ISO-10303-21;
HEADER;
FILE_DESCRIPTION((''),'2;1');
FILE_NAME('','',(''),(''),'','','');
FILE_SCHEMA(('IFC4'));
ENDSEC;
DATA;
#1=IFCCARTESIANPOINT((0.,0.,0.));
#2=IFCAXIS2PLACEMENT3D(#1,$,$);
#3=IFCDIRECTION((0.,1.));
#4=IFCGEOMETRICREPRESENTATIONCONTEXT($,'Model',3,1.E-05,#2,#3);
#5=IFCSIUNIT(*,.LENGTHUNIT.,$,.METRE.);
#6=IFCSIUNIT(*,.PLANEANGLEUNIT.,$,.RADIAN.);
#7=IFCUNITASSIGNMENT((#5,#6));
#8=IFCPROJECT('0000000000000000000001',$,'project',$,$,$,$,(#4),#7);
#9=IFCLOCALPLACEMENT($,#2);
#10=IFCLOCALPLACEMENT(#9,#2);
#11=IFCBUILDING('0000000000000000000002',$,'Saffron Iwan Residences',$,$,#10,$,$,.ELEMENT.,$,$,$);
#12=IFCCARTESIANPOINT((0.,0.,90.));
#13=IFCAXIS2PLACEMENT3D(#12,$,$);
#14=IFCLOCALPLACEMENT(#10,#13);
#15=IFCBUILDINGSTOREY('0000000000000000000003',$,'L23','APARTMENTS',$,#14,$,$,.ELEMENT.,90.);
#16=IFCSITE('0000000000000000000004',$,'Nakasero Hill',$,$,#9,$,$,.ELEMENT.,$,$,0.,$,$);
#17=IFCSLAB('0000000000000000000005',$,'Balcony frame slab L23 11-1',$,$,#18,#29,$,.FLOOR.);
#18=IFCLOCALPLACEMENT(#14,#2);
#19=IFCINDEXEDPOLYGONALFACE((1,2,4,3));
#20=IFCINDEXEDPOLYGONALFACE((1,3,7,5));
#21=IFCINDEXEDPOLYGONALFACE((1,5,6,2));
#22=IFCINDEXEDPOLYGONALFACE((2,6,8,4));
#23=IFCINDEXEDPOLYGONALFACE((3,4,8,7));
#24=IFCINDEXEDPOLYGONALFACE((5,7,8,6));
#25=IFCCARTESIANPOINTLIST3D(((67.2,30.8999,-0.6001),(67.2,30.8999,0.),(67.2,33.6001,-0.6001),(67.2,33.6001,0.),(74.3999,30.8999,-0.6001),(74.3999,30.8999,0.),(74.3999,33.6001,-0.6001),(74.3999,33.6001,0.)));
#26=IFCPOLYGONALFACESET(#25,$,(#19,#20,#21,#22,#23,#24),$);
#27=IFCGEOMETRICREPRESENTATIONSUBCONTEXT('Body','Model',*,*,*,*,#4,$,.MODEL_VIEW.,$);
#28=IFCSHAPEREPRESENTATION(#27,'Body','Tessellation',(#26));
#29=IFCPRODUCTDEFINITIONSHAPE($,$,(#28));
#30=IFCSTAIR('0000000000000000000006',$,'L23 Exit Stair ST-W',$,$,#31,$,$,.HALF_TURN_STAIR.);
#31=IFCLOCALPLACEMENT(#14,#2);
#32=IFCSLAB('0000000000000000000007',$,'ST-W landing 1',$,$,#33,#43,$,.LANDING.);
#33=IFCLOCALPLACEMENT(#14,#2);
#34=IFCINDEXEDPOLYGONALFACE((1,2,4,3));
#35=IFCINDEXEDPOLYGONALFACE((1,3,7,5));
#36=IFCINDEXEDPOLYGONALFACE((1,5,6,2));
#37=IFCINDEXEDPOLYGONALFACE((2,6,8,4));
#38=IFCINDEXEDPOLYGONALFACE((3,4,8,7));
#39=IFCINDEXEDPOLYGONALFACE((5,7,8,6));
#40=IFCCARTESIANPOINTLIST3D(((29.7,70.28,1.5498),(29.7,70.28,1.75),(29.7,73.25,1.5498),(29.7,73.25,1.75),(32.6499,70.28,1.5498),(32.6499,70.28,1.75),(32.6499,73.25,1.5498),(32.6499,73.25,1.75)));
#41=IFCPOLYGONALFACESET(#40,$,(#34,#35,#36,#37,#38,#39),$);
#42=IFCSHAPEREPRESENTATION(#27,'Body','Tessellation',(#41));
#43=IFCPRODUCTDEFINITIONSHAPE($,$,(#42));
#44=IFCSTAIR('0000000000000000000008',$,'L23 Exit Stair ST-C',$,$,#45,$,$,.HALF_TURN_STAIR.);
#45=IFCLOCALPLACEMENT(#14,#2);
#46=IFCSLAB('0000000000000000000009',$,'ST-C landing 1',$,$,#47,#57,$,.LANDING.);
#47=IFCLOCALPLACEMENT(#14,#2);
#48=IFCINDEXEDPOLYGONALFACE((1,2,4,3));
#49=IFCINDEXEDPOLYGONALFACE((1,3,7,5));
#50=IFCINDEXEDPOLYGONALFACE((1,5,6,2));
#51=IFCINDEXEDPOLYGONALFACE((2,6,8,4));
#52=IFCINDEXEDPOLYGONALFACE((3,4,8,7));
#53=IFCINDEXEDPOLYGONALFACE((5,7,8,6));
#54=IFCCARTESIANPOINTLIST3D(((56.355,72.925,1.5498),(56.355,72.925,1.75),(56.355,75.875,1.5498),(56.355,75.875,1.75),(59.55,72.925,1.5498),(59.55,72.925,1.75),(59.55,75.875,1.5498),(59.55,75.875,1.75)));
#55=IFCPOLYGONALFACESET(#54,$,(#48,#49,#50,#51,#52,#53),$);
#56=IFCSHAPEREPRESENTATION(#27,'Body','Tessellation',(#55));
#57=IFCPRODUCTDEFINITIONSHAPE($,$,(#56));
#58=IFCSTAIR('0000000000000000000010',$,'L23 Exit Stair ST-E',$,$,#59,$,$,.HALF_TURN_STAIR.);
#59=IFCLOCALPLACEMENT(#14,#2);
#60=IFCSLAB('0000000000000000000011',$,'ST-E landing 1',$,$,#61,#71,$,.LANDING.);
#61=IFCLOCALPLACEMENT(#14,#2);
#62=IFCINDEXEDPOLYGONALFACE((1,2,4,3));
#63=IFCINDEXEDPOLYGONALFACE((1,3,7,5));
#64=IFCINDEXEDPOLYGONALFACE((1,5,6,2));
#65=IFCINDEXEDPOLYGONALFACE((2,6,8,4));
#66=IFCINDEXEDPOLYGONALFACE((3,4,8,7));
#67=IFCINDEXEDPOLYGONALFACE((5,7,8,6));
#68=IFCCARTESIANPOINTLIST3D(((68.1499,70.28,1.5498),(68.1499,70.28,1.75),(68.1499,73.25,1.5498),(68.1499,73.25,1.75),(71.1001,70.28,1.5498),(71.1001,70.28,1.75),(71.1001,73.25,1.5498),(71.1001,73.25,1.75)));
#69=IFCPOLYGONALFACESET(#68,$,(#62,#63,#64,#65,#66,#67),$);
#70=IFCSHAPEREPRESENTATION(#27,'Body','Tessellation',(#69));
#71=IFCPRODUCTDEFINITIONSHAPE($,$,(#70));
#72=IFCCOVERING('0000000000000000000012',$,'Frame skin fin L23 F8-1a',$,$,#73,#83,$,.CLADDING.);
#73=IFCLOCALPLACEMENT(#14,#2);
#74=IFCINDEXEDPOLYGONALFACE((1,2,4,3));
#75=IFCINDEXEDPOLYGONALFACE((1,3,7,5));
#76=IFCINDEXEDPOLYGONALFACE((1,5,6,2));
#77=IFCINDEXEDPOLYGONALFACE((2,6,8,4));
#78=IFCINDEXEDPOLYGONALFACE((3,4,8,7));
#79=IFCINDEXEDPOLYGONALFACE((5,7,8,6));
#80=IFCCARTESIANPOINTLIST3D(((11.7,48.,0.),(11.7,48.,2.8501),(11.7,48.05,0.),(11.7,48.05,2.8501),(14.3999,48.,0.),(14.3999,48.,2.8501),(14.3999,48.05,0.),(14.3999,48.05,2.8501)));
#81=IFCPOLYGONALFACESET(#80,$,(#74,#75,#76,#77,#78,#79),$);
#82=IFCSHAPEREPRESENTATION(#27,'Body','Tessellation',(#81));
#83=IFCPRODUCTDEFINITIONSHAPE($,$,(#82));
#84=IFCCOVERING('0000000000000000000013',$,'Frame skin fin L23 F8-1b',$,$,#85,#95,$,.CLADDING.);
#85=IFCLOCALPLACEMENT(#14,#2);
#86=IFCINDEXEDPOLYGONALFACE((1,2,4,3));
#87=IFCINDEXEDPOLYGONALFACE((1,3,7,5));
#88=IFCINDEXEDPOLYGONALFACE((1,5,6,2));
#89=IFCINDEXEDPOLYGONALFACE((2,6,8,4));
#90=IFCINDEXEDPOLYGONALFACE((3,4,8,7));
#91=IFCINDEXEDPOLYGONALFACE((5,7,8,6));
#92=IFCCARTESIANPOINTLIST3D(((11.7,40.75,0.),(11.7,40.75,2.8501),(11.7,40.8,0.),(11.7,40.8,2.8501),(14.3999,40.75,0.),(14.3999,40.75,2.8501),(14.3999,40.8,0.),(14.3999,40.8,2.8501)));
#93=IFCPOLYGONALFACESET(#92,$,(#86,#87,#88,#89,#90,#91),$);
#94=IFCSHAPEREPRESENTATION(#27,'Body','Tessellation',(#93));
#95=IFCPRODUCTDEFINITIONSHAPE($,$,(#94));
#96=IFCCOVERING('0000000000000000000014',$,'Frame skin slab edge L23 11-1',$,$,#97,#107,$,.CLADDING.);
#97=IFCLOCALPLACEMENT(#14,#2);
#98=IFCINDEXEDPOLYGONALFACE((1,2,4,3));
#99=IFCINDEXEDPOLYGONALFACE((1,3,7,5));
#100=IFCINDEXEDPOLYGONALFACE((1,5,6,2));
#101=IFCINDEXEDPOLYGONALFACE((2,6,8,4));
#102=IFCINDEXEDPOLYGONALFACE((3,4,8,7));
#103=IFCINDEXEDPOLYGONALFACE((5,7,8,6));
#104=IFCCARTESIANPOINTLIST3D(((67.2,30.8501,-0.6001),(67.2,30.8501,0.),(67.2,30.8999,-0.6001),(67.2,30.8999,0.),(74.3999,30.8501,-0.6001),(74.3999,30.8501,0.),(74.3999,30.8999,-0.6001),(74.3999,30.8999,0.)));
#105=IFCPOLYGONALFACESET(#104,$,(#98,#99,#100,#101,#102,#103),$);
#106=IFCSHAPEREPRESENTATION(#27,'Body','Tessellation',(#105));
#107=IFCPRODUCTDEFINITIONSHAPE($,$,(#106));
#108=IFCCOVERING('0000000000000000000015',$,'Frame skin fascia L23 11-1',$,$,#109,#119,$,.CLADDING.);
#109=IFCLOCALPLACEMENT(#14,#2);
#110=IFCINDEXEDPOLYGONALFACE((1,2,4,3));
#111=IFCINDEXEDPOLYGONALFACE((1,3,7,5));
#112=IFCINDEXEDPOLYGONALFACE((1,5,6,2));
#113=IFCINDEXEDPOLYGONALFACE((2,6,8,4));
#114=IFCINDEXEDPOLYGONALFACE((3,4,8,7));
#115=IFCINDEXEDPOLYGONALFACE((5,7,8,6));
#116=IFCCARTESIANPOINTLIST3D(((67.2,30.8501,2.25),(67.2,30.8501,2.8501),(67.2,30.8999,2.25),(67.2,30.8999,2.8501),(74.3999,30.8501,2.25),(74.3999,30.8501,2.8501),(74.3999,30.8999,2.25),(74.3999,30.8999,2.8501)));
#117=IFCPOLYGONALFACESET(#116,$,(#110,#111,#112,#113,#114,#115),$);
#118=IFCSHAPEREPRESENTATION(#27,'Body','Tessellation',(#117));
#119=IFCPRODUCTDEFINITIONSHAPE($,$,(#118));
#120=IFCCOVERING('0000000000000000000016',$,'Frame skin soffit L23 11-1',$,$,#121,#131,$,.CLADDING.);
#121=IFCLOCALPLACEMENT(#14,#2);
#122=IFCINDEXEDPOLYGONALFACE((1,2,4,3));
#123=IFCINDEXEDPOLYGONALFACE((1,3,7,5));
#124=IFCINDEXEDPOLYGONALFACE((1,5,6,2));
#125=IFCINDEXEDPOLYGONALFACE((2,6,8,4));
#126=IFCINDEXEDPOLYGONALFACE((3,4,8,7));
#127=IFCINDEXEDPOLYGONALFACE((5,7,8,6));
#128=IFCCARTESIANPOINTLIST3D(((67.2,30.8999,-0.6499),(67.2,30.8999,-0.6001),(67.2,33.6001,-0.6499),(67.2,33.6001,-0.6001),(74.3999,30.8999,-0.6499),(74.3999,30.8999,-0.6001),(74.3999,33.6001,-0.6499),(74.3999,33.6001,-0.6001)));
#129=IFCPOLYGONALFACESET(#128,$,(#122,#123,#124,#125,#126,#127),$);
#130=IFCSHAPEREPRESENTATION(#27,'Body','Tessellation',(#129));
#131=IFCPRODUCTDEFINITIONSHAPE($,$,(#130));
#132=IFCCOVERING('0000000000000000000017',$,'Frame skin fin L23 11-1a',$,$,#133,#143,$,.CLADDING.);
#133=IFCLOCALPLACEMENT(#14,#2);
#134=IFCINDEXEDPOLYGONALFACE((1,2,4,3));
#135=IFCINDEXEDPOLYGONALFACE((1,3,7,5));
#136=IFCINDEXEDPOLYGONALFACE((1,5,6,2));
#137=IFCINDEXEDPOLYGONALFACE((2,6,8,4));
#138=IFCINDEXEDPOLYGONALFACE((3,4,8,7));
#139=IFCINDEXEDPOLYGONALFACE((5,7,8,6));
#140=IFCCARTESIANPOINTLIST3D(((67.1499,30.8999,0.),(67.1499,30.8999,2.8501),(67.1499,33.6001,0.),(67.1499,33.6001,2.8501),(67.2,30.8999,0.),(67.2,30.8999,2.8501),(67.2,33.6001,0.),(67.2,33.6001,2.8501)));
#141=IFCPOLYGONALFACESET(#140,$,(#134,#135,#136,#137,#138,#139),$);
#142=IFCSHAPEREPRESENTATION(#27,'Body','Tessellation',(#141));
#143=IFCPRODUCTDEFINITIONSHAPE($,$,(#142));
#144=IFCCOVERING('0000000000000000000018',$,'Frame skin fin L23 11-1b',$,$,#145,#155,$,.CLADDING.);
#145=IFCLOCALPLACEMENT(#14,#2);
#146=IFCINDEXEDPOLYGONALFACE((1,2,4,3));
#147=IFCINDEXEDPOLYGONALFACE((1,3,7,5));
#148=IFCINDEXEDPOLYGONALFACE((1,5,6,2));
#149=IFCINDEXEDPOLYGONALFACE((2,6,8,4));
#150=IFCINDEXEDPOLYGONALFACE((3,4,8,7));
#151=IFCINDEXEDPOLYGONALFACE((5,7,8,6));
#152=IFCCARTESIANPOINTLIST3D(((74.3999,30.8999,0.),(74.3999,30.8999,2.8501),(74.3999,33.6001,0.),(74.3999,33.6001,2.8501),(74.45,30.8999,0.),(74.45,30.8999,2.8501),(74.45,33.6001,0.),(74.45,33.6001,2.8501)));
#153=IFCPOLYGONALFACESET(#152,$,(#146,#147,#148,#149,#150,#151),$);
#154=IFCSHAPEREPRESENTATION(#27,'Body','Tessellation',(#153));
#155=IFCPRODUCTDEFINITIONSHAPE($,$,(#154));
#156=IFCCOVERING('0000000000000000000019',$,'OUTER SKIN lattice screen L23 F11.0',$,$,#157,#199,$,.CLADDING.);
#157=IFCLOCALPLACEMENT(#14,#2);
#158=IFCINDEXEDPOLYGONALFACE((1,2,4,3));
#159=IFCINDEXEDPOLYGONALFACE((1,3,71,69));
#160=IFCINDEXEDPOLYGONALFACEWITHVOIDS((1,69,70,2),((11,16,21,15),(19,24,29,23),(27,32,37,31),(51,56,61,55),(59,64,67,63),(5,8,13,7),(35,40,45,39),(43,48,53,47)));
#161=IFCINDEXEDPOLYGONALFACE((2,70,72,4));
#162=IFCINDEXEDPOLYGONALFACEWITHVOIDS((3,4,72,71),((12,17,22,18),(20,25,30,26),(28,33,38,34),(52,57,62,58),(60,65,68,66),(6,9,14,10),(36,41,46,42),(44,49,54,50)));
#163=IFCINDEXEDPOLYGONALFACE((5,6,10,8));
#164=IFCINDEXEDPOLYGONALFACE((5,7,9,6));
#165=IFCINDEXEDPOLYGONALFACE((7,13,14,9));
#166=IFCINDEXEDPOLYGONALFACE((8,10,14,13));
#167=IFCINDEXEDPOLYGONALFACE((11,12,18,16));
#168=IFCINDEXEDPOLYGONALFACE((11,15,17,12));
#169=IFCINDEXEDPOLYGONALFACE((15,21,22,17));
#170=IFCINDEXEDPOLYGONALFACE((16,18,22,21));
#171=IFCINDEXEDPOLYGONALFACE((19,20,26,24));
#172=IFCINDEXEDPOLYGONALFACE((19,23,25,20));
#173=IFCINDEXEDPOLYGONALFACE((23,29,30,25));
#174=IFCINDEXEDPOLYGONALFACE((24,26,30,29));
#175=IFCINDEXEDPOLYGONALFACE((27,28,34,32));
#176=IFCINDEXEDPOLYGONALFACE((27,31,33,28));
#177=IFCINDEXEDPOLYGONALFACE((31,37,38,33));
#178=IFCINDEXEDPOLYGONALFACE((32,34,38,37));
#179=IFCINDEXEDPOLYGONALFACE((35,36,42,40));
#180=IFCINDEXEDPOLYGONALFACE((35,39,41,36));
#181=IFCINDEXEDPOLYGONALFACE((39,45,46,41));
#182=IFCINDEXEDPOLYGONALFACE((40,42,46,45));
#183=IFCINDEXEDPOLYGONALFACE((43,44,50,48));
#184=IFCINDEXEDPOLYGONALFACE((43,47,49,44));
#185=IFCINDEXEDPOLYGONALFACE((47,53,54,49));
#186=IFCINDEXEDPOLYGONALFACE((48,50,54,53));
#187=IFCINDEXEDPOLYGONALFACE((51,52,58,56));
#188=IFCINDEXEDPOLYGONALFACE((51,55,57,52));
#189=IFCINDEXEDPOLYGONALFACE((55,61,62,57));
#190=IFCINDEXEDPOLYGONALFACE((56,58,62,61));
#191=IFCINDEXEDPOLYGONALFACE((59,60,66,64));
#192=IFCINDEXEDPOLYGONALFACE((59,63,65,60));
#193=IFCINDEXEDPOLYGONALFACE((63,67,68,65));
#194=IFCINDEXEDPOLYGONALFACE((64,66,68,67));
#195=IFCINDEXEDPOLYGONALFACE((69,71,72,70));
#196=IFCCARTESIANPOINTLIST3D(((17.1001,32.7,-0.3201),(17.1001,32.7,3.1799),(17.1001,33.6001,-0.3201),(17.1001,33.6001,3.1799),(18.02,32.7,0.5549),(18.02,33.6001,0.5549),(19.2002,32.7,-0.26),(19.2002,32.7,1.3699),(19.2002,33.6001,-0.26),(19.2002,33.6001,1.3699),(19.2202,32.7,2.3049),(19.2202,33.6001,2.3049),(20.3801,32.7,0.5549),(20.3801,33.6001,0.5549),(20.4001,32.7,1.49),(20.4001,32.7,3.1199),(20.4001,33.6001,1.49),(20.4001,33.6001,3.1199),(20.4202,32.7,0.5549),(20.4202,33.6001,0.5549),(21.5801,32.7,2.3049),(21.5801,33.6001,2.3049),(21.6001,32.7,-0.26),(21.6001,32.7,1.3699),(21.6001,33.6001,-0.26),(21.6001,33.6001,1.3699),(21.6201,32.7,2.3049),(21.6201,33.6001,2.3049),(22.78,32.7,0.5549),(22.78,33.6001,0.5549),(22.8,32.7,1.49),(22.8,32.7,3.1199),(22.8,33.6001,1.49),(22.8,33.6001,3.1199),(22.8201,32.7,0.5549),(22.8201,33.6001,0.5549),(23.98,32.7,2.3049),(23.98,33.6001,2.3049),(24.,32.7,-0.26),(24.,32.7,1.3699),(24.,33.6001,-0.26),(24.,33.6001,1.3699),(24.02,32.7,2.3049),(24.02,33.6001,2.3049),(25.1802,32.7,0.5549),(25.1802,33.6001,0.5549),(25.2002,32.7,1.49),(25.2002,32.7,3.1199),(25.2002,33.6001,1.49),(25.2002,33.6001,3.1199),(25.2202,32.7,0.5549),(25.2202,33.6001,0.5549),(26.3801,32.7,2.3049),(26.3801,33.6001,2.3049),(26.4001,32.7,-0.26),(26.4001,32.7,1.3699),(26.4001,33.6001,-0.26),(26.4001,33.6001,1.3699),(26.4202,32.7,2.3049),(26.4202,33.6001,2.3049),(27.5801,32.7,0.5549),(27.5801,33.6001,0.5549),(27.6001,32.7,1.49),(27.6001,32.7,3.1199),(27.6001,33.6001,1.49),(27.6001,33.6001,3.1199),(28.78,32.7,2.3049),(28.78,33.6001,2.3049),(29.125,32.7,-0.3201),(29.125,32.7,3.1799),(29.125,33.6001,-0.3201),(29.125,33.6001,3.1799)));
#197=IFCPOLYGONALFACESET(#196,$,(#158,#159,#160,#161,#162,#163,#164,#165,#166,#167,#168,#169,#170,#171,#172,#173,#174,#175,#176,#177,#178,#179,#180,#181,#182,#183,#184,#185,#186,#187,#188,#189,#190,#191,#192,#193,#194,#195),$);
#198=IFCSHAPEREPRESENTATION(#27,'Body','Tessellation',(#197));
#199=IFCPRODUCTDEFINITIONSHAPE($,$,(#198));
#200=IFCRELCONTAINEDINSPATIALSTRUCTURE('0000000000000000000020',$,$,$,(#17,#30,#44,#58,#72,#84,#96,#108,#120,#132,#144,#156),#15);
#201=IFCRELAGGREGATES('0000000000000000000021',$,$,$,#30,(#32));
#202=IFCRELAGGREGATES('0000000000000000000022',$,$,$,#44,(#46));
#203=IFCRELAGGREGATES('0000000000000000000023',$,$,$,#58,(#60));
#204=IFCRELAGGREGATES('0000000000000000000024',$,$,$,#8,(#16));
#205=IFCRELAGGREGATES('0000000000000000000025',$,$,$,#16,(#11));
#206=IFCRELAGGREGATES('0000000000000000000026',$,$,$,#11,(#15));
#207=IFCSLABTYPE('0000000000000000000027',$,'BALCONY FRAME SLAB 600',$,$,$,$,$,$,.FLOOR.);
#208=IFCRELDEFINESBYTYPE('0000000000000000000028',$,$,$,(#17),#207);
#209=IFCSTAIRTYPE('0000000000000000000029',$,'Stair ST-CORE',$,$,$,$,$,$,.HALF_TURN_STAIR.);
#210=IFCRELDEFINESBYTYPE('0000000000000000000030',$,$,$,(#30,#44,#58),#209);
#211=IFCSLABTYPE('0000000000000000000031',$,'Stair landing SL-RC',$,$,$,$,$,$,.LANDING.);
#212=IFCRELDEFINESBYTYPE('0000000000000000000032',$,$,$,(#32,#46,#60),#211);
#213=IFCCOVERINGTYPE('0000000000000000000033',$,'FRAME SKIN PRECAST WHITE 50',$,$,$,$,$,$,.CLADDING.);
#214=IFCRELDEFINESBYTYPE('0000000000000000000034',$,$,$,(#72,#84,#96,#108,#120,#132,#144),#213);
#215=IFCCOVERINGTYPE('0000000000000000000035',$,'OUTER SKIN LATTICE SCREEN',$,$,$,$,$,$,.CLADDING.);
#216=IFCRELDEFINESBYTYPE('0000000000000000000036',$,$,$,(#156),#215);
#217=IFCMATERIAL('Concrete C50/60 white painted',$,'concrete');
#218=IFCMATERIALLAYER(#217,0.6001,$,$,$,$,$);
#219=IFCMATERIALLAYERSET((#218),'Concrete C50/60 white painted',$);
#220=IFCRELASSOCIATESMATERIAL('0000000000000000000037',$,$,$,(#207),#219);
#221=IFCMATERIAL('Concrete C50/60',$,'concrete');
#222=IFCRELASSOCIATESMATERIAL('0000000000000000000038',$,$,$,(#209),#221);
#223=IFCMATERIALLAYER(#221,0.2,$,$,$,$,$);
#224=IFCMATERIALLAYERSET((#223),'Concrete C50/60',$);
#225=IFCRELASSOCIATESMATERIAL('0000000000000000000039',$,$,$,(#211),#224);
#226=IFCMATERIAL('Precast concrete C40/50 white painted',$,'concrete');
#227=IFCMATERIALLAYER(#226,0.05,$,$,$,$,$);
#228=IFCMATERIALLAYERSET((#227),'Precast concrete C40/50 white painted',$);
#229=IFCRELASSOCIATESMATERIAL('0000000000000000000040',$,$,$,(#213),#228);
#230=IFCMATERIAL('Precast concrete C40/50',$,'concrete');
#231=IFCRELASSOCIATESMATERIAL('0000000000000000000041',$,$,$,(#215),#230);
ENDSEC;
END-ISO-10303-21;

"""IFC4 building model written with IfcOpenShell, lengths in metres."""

from ifc_helpers import new_model, si_unit, direction, frame, origin, place, context, subcontext, project, spatial, polyline, outline, extrude, material, layer, layer_set, type_object, element, aggregate, save


model = new_model("IFC4")

# Units and contexts
model_context = context("Model", 3, precision=1e-05, world=origin(), true_north=direction((0.0, 1.0)))
body_context = subcontext(model_context, "Body", "Model", "MODEL_VIEW")
ifc_project = project(units=[si_unit("LENGTHUNIT", "METRE"), si_unit("PLANEANGLEUNIT", "RADIAN")], contexts=[model_context])

# Site, building, storey
site_placement = place(None, origin())
site = spatial("IfcSite", under=ifc_project, at=site_placement, Name="Nakasero Hill", CompositionType="ELEMENT", RefElevation=0.0)
building_placement = place(site_placement, origin())
building = spatial("IfcBuilding", under=site, at=building_placement, Name="Saffron Iwan Residences", CompositionType="ELEMENT")
storey_placement = place(building_placement, frame((0.0, 0.0, 90.0)))
storey = spatial("IfcBuildingStorey", under=building, at=storey_placement, Name="L23", Description="APARTMENTS", CompositionType="ELEMENT", Elevation=90.0)

# Slab
ifc_material_1 = material(Name="Concrete C50/60 white painted", Category="concrete")
ifc_layer_1 = layer(ifc_material_1, 0.6001)
ifc_layer_set_1 = layer_set([ifc_layer_1], Name="Concrete C50/60 white painted")
slab_type_1 = type_object("IfcSlabType", Name="BALCONY FRAME SLAB 600", PredefinedType="FLOOR", material=ifc_layer_set_1)
slab_1_placement = place(storey_placement, frame((0.0, 0.0, -0.6001)))
element("IfcSlab", 1, at=slab_1_placement, inside=storey, type_object=slab_type_1, Name="Balcony frame slab L23 11-1", PredefinedType="FLOOR", context=body_context, shape_type="SweptSolid", body=[
    extrude(outline(polyline([(67.2, 30.8999), (74.3999, 30.8999), (74.3999, 33.6001), (67.2, 33.6001), (67.2, 30.8999)])), origin(), (0.0, 0.0, 1.0), 0.6001),
])

# Stairs, slabs
ifc_material_2 = material(Name="Concrete C50/60", Category="concrete")
stair_type = type_object("IfcStairType", Name="Stair ST-CORE", PredefinedType="HALF_TURN_STAIR", material=ifc_material_2)
stair_1_placement = place(storey_placement, origin())
stair_1 = element("IfcStair", 2, at=stair_1_placement, inside=storey, type_object=stair_type, Name="L23 Exit Stair ST-W", PredefinedType="HALF_TURN_STAIR")
ifc_layer_2 = layer(ifc_material_2, 0.2)
ifc_layer_set_2 = layer_set([ifc_layer_2], Name="Concrete C50/60")
slab_type_2 = type_object("IfcSlabType", Name="Stair landing SL-RC", PredefinedType="LANDING", material=ifc_layer_set_2)
slab_2_placement = place(storey_placement, frame((0.0, 0.0, 1.5498)))
slab_2 = element("IfcSlab", 3, at=slab_2_placement, type_object=slab_type_2, Name="ST-W landing 1", PredefinedType="LANDING", context=body_context, shape_type="SweptSolid", body=[
    extrude(outline(polyline([(32.6499, 70.28), (32.6499, 73.25), (29.7, 73.25), (29.7, 70.28), (32.6499, 70.28)])), origin(), (0.0, 0.0, 1.0), 0.2002),
])
aggregate(stair_1, [slab_2])
stair_2_placement = place(storey_placement, origin())
stair_2 = element("IfcStair", 4, at=stair_2_placement, inside=storey, type_object=stair_type, Name="L23 Exit Stair ST-C", PredefinedType="HALF_TURN_STAIR")
slab_3_placement = place(storey_placement, frame((0.0, 0.0, 1.5498)))
slab_3 = element("IfcSlab", 5, at=slab_3_placement, type_object=slab_type_2, Name="ST-C landing 1", PredefinedType="LANDING", context=body_context, shape_type="SweptSolid", body=[
    extrude(outline(polyline([(56.355, 72.925), (59.55, 72.925), (59.55, 75.875), (56.355, 75.875), (56.355, 72.925)])), origin(), (0.0, 0.0, 1.0), 0.2002),
])
aggregate(stair_2, [slab_3])
stair_3_placement = place(storey_placement, origin())
stair_3 = element("IfcStair", 6, at=stair_3_placement, inside=storey, type_object=stair_type, Name="L23 Exit Stair ST-E", PredefinedType="HALF_TURN_STAIR")
slab_4_placement = place(storey_placement, frame((0.0, 0.0, 1.5498)))
slab_4 = element("IfcSlab", 7, at=slab_4_placement, type_object=slab_type_2, Name="ST-E landing 1", PredefinedType="LANDING", context=body_context, shape_type="SweptSolid", body=[
    extrude(outline(polyline([(71.1001, 70.28), (71.1001, 73.25), (68.1499, 73.25), (68.1499, 70.28), (71.1001, 70.28)])), origin(), (0.0, 0.0, 1.0), 0.2002),
])
aggregate(stair_3, [slab_4])

# Coverings
ifc_material_3 = material(Name="Precast concrete C40/50 white painted", Category="concrete")
ifc_layer_3 = layer(ifc_material_3, 0.05)
ifc_layer_set_3 = layer_set([ifc_layer_3], Name="Precast concrete C40/50 white painted")
covering_type_1 = type_object("IfcCoveringType", Name="FRAME SKIN PRECAST WHITE 50", PredefinedType="CLADDING", material=ifc_layer_set_3)
covering_1_placement = place(storey_placement, origin())
element("IfcCovering", 8, at=covering_1_placement, inside=storey, type_object=covering_type_1, Name="Frame skin fin L23 F8-1a", PredefinedType="CLADDING", context=body_context, shape_type="SweptSolid", body=[
    extrude(outline(polyline([(11.7, 48.05), (11.7, 48.0), (14.3999, 48.0), (14.3999, 48.05), (11.7, 48.05)])), origin(), (0.0, 0.0, 1.0), 2.8501),
])
covering_2_placement = place(storey_placement, origin())
element("IfcCovering", 9, at=covering_2_placement, inside=storey, type_object=covering_type_1, Name="Frame skin fin L23 F8-1b", PredefinedType="CLADDING", context=body_context, shape_type="SweptSolid", body=[
    extrude(outline(polyline([(11.7, 40.8), (11.7, 40.75), (14.3999, 40.75), (14.3999, 40.8), (11.7, 40.8)])), origin(), (0.0, 0.0, 1.0), 2.8501),
])
for number, where, name in (
    (10, (0.0, 0.0, -0.6001), "Frame skin slab edge L23 11-1"),
    (11, (0.0, 0.0, 2.25), "Frame skin fascia L23 11-1"),
):
    element("IfcCovering", number, at=place(storey_placement, frame(where)), inside=storey, type_object=covering_type_1, Name=name, PredefinedType="CLADDING", context=body_context, shape_type="SweptSolid", body=[
        extrude(outline(polyline([(67.2, 30.8501), (74.3999, 30.8501), (74.3999, 30.8999), (67.2, 30.8999), (67.2, 30.8501)])), origin(), (0.0, 0.0, 1.0), 0.6001),
    ])
covering_3_placement = place(storey_placement, frame((0.0, 0.0, -0.6499)))
element("IfcCovering", 12, at=covering_3_placement, inside=storey, type_object=covering_type_1, Name="Frame skin soffit L23 11-1", PredefinedType="CLADDING", context=body_context, shape_type="SweptSolid", body=[
    extrude(outline(polyline([(67.2, 30.8999), (74.3999, 30.8999), (74.3999, 33.6001), (67.2, 33.6001), (67.2, 30.8999)])), origin(), (0.0, 0.0, 1.0), 0.0498),
])
covering_4_placement = place(storey_placement, origin())
element("IfcCovering", 13, at=covering_4_placement, inside=storey, type_object=covering_type_1, Name="Frame skin fin L23 11-1a", PredefinedType="CLADDING", context=body_context, shape_type="SweptSolid", body=[
    extrude(outline(polyline([(67.1499, 30.8999), (67.2, 30.8999), (67.2, 33.6001), (67.1499, 33.6001), (67.1499, 30.8999)])), origin(), (0.0, 0.0, 1.0), 2.8501),
])
covering_5_placement = place(storey_placement, origin())
element("IfcCovering", 14, at=covering_5_placement, inside=storey, type_object=covering_type_1, Name="Frame skin fin L23 11-1b", PredefinedType="CLADDING", context=body_context, shape_type="SweptSolid", body=[
    extrude(outline(polyline([(74.3999, 30.8999), (74.45, 30.8999), (74.45, 33.6001), (74.3999, 33.6001), (74.3999, 30.8999)])), origin(), (0.0, 0.0, 1.0), 2.8501),
])
ifc_material_4 = material(Name="Precast concrete C40/50", Category="concrete")
covering_type_2 = type_object("IfcCoveringType", Name="OUTER SKIN LATTICE SCREEN", PredefinedType="CLADDING", material=ifc_material_4)
covering_6_placement = place(storey_placement, frame((17.1001, 33.6001, -0.3201), z_axis=(0.0, -1.0, 0.0), x_axis=(1.0, 0.0, 0.0)))
element("IfcCovering", 15, at=covering_6_placement, inside=storey, type_object=covering_type_2, Name="OUTER SKIN lattice screen L23 F11.0", PredefinedType="CLADDING", context=body_context, shape_type="SweptSolid", body=[
    extrude(outline(polyline([(0.0, 0.0), (12.0249, 0.0), (12.0249, 3.5), (0.0, 3.5), (0.0, 0.0)]), holes=[polyline([(0.9199, 0.875), (2.1001, 0.0601), (3.28, 0.875), (2.1001, 1.6899), (0.9199, 0.875)]), polyline([(3.3201, 0.875), (4.5, 0.0601), (5.6799, 0.875), (4.5, 1.6899), (3.3201, 0.875)]), polyline([(5.72, 0.875), (6.8999, 0.0601), (8.0801, 0.875), (6.8999, 1.6899), (5.72, 0.875)]), polyline([(8.1201, 0.875), (9.3, 0.0601), (10.48, 0.875), (9.3, 1.6899), (8.1201, 0.875)]), polyline([(2.1201, 2.625), (3.3, 1.8101), (4.48, 2.625), (3.3, 3.4399), (2.1201, 2.625)]), polyline([(4.52, 2.625), (5.7, 1.8101), (6.8799, 2.625), (5.7, 3.4399), (4.52, 2.625)]), polyline([(6.9199, 2.625), (8.1001, 1.8101), (9.28, 2.625), (8.1001, 3.4399), (6.9199, 2.625)]), polyline([(9.3201, 2.625), (10.5, 1.8101), (11.6799, 2.625), (10.5, 3.4399), (9.3201, 2.625)])]), origin(), (0.0, 0.0, 1.0), 0.9001),
])

save(model, "model.ifc")
